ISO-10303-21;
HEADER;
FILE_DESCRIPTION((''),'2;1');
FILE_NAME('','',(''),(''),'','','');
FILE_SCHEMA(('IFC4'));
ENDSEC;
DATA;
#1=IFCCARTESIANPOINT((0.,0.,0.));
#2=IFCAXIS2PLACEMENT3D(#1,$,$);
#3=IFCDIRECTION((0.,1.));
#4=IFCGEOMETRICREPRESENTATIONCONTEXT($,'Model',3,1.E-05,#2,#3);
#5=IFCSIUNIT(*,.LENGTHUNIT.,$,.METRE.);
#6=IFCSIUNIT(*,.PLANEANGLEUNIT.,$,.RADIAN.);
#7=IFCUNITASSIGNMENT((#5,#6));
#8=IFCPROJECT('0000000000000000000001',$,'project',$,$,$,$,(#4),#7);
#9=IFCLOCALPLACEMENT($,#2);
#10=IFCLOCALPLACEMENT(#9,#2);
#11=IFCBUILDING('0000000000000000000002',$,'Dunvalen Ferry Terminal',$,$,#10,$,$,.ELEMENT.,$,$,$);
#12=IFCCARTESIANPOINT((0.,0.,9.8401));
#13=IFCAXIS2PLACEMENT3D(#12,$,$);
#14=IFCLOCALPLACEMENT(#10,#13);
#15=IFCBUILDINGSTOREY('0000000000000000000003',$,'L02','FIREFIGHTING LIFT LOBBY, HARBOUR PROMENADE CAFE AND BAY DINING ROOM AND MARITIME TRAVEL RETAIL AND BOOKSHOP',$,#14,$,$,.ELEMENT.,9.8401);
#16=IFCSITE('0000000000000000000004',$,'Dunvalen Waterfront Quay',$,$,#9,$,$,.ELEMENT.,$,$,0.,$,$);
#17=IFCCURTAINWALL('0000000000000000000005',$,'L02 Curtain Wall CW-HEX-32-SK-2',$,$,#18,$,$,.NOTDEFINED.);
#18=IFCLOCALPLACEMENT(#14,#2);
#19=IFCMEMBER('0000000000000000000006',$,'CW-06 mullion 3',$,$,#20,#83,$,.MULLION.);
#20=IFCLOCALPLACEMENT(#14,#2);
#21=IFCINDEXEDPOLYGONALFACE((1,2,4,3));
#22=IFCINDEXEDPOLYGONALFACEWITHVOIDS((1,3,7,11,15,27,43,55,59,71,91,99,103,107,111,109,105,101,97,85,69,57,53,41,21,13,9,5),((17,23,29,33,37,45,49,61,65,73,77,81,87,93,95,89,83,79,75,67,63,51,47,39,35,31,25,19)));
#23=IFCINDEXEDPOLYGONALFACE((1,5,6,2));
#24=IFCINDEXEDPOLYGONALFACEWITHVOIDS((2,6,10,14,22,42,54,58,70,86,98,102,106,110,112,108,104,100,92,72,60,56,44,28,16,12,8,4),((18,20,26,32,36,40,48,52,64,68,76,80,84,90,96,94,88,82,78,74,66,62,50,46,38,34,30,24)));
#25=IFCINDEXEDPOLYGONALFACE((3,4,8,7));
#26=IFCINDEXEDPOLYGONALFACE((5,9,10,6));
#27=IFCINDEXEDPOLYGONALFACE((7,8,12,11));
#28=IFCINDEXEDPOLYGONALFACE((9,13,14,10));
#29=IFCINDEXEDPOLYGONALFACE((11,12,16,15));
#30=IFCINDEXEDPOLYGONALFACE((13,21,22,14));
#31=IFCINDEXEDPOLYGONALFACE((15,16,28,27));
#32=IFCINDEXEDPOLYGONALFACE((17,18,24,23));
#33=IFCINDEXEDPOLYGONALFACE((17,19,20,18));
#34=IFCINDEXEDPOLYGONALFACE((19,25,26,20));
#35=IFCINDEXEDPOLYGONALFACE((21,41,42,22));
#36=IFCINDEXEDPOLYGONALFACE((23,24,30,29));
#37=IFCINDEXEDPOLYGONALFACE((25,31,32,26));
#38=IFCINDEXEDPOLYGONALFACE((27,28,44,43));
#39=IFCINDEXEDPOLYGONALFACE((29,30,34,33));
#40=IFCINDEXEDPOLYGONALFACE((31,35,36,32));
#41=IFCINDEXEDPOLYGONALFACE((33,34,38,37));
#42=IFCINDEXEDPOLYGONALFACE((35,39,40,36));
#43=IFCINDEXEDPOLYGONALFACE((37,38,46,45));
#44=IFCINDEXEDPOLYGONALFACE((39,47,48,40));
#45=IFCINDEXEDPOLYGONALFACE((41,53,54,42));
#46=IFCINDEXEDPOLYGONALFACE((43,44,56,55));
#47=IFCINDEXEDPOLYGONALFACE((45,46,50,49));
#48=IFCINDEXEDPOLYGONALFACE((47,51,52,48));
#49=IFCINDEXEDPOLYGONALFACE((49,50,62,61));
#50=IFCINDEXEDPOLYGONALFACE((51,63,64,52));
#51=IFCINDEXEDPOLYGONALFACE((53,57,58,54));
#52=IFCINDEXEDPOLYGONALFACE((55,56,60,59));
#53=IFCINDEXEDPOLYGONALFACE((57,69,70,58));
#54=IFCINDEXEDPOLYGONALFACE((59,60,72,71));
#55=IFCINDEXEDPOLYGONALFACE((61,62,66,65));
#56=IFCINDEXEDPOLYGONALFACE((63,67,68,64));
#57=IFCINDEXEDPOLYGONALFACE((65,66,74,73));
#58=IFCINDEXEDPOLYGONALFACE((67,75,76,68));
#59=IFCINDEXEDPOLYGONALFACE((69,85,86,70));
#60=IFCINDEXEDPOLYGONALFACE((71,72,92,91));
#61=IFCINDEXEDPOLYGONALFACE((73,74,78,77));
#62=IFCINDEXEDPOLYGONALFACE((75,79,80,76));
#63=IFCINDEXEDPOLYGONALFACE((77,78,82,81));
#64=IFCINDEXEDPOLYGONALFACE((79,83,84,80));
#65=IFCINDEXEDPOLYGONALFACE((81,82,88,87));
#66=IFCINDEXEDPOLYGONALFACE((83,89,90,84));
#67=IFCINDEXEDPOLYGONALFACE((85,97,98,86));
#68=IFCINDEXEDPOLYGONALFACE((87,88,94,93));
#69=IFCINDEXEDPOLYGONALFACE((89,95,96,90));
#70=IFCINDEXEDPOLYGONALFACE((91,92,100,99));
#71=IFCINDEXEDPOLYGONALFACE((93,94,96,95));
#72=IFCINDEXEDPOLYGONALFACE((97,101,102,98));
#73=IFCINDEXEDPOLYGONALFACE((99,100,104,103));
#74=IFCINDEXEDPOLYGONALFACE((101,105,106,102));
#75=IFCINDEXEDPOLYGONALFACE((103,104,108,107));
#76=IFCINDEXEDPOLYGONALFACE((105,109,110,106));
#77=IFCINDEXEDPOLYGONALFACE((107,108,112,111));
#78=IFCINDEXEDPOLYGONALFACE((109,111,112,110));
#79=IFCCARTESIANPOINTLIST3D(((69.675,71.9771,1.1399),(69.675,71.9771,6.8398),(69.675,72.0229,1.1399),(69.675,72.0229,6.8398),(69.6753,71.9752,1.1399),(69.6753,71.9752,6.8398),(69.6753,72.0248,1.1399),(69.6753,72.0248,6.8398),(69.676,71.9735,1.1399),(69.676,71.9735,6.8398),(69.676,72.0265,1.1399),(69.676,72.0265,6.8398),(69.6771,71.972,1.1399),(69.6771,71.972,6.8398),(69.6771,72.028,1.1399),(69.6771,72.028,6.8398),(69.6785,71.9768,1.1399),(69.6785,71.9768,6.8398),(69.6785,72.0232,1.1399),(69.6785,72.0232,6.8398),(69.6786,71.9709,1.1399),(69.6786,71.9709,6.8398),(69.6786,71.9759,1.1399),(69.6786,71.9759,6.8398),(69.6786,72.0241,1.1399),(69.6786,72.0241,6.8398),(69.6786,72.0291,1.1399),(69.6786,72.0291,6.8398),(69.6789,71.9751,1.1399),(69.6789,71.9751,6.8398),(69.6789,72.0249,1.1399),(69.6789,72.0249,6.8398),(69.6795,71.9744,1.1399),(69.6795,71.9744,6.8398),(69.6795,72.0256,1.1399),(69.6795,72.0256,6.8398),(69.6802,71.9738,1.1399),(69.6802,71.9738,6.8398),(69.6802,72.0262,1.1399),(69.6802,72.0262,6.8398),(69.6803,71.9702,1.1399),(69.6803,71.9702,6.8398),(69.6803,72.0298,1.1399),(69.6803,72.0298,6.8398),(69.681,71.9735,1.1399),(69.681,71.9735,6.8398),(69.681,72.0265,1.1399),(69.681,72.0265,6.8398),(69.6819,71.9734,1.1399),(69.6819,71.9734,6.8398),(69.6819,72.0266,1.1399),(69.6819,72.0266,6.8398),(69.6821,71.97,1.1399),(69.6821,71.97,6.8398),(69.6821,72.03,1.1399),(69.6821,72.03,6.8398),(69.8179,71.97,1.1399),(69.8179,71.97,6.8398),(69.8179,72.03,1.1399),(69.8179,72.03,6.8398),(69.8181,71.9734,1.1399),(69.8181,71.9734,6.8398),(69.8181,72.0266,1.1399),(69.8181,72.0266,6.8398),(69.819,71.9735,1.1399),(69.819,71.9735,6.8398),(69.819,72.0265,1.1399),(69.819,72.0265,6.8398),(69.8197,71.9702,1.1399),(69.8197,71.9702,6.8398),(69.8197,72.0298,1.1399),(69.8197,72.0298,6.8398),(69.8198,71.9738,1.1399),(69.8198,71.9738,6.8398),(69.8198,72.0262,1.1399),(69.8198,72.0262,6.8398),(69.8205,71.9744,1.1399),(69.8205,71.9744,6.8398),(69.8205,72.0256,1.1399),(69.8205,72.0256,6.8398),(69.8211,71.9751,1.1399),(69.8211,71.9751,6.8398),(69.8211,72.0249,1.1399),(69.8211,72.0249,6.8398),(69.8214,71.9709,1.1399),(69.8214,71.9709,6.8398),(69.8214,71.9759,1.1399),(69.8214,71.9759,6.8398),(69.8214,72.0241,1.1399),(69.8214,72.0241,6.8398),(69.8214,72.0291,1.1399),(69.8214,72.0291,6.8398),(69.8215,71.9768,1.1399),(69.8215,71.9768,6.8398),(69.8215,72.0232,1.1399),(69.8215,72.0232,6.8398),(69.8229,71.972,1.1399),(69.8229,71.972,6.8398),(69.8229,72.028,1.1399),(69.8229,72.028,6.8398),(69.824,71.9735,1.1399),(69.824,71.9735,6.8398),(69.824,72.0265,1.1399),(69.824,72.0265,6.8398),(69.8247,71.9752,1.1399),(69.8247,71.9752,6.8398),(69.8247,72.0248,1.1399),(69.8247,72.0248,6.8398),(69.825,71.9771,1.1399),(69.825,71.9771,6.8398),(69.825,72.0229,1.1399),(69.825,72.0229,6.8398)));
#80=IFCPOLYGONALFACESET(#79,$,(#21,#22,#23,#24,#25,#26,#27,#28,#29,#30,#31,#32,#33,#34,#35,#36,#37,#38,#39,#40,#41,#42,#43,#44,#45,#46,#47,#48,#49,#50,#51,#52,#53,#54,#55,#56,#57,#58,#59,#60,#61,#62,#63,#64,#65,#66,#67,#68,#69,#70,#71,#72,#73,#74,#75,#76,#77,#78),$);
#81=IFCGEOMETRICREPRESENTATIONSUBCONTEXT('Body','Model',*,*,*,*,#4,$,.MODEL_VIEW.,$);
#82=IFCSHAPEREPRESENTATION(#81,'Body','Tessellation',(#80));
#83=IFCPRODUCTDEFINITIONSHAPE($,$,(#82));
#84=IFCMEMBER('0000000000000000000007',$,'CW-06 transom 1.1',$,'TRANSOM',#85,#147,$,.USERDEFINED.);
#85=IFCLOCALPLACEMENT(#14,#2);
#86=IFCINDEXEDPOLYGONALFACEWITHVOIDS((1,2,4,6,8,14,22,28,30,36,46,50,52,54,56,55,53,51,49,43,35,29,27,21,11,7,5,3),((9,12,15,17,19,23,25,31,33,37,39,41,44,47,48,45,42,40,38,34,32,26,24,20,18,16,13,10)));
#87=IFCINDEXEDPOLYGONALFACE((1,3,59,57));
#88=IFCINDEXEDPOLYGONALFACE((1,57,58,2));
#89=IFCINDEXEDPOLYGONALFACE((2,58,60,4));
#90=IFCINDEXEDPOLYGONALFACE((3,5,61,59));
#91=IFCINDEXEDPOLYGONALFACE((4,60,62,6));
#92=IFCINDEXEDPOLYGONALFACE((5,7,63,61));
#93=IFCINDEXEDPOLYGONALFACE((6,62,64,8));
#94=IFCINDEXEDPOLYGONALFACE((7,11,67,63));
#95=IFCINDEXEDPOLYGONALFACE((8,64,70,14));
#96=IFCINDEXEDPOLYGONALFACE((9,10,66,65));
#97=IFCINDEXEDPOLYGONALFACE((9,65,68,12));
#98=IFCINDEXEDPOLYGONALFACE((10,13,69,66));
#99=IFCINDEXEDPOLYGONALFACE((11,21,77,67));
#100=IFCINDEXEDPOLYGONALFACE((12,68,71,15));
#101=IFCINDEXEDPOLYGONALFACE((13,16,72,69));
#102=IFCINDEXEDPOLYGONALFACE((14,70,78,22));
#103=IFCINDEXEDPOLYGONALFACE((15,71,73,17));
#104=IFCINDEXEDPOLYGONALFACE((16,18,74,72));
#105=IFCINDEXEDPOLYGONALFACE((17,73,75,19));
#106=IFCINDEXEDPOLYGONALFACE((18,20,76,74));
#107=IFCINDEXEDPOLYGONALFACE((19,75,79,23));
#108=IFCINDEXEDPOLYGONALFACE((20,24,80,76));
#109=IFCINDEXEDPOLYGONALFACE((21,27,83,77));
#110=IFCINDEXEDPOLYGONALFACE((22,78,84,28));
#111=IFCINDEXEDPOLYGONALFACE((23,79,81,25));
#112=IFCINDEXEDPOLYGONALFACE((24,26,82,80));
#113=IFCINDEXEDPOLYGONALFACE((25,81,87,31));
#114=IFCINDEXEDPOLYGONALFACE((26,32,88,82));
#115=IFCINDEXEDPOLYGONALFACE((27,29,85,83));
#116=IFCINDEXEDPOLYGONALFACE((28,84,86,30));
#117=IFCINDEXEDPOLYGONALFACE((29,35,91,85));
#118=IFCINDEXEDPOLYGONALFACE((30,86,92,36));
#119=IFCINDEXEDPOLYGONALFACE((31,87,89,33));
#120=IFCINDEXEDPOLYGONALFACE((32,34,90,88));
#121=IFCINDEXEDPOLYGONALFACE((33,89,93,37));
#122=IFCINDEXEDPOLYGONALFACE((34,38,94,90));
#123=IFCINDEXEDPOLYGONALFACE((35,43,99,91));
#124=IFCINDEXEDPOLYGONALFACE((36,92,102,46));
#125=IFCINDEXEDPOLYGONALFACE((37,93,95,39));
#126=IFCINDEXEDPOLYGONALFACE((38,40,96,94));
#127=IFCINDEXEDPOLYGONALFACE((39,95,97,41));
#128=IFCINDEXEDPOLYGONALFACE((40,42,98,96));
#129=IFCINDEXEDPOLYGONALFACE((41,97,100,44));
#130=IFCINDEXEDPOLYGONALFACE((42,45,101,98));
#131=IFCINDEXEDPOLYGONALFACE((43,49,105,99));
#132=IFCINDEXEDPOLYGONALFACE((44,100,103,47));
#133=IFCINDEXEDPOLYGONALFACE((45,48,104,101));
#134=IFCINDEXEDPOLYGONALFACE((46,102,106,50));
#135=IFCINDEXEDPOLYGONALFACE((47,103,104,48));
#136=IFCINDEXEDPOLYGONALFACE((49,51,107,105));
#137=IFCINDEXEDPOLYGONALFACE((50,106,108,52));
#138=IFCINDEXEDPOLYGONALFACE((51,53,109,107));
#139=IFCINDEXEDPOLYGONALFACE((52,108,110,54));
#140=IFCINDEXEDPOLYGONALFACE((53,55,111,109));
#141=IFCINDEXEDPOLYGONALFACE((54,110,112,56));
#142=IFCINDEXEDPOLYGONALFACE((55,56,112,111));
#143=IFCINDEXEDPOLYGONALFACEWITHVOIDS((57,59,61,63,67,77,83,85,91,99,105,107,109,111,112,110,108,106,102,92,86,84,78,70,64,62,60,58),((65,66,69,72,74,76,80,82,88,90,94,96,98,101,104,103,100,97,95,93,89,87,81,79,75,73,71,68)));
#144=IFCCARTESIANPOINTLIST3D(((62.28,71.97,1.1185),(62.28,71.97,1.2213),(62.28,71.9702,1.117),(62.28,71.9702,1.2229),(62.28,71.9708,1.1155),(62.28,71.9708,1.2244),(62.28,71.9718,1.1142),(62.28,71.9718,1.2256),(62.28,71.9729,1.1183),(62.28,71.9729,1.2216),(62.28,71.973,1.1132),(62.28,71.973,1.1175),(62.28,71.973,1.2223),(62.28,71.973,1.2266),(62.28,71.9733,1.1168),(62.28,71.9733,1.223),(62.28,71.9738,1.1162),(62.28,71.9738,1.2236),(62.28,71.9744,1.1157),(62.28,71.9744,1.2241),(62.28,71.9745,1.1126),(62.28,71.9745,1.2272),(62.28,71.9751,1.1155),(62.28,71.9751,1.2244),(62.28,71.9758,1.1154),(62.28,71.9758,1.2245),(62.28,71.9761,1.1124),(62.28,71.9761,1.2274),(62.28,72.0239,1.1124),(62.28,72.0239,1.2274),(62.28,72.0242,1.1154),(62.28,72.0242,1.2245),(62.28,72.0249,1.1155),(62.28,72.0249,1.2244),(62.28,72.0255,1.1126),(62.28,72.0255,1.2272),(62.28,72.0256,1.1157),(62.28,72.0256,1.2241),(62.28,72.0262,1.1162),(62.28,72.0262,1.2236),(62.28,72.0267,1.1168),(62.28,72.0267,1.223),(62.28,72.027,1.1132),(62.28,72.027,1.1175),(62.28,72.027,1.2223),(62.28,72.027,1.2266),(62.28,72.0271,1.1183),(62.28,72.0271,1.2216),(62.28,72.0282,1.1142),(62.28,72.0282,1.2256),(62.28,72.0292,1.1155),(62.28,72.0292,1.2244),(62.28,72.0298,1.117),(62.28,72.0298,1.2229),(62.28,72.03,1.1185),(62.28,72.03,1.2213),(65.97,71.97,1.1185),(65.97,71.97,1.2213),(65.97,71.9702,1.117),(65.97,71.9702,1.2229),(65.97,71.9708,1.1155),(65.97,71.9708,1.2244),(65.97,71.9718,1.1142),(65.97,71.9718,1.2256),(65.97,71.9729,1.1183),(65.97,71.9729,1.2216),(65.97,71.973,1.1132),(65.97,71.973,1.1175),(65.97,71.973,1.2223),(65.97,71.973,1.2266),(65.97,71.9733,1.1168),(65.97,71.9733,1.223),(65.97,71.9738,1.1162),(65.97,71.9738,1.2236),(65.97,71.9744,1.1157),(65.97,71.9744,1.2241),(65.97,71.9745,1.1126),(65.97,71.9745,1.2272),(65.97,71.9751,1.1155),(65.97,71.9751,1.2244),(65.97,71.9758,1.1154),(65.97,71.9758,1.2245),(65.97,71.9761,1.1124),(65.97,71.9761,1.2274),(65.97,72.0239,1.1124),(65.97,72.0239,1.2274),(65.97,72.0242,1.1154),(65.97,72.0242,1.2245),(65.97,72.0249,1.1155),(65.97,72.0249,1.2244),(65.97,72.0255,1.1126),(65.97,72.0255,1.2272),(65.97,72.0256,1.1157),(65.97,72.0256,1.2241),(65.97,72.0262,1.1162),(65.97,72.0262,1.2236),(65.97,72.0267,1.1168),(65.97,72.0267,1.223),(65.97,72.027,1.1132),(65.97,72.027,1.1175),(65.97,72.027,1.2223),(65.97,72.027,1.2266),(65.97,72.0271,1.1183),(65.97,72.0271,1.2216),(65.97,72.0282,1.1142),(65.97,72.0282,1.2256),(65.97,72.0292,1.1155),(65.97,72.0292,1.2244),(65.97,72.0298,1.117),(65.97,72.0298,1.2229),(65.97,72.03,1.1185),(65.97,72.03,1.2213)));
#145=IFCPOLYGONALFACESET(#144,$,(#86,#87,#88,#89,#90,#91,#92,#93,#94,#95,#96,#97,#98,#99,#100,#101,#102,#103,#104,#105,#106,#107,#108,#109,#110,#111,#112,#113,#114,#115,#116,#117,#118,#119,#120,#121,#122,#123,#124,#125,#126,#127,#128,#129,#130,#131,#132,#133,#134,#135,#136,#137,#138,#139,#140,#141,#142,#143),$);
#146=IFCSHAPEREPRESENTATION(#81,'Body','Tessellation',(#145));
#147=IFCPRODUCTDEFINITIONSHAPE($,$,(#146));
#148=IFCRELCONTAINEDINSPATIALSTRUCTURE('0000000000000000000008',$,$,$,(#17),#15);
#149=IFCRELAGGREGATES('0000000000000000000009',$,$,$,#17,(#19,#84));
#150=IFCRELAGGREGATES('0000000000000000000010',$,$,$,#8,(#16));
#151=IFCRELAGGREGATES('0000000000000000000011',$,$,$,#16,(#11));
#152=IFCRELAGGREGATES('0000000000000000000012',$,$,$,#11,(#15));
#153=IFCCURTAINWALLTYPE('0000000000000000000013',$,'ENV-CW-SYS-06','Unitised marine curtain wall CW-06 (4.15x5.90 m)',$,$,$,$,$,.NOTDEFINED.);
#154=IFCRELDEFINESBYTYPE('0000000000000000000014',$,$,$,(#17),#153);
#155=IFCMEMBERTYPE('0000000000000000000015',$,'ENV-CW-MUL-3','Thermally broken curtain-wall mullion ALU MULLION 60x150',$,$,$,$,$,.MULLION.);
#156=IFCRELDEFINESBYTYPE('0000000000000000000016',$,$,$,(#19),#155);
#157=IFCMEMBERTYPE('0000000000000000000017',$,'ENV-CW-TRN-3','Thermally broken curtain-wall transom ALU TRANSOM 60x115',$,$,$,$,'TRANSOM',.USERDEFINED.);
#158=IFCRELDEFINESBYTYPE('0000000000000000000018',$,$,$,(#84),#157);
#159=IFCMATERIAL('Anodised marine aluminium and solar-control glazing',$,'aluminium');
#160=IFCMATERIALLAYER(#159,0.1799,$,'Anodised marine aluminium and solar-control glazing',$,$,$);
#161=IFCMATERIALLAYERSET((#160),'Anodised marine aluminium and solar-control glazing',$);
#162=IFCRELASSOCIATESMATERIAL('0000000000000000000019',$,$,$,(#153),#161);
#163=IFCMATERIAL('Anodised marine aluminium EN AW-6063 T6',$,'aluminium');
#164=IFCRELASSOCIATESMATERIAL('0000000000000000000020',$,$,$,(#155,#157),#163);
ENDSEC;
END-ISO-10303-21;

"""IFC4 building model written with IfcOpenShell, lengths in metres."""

from ifc_helpers import new_model, si_unit, direction, frame, origin, origin_2d, place, context, subcontext, project, spatial, hollow_rectangle, extrude, material, layer, layer_set, material_profile, profile_set, type_object, element, aggregate, save


model = new_model("IFC4")

# Units and contexts
model_context = context("Model", 3, precision=1e-05, world=origin(), true_north=direction((0.0, 1.0)))
body_context = subcontext(model_context, "Body", "Model", "MODEL_VIEW")
ifc_project = project(units=[si_unit("LENGTHUNIT", "METRE"), si_unit("PLANEANGLEUNIT", "RADIAN")], contexts=[model_context])

# Site, building, storey
site_placement = place(None, origin())
site = spatial("IfcSite", under=ifc_project, at=site_placement, Name="Dunvalen Waterfront Quay", CompositionType="ELEMENT", RefElevation=0.0)
building_placement = place(site_placement, origin())
building = spatial("IfcBuilding", under=site, at=building_placement, Name="Dunvalen Ferry Terminal", CompositionType="ELEMENT")
storey_placement = place(building_placement, frame((0.0, 0.0, 9.8401)))
storey = spatial("IfcBuildingStorey", under=building, at=storey_placement, Name="L02", Description="FIREFIGHTING LIFT LOBBY, HARBOUR PROMENADE CAFE AND BAY DINING ROOM AND MARITIME TRAVEL RETAIL AND BOOKSHOP", CompositionType="ELEMENT", Elevation=9.8401)

# Curtain wall, members
ifc_material_1 = material(Name="Anodised marine aluminium and solar-control glazing", Category="aluminium")
ifc_layer_1 = layer(ifc_material_1, 0.1799, Name="Anodised marine aluminium and solar-control glazing")
ifc_layer_set_1 = layer_set([ifc_layer_1], Name="Anodised marine aluminium and solar-control glazing")
curtain_wall_type = type_object("IfcCurtainWallType", Name="ENV-CW-SYS-06", Description="Unitised marine curtain wall CW-06 (4.15x5.90 m)", PredefinedType="NOTDEFINED", material=ifc_layer_set_1)
curtain_wall_placement = place(storey_placement, origin())
curtain_wall = element("IfcCurtainWall", 1, at=curtain_wall_placement, inside=storey, type_object=curtain_wall_type, Name="L02 Curtain Wall CW-HEX-32-SK-2", PredefinedType="NOTDEFINED")
ifc_material_2 = material(Name="Anodised marine aluminium EN AW-6063 T6", Category="aluminium")
ifc_material_profile_1 = material_profile(ifc_material_2, hollow_rectangle(XDim=0.0601, YDim=0.1499, WallThickness=0.0034, InnerFilletRadius=0.0034, OuterFilletRadius=0.0071, at=origin_2d()), Name="Anodised marine aluminium EN AW-6063 T6")
ifc_profile_set_1 = profile_set([ifc_material_profile_1], Name="Anodised marine aluminium EN AW-6063 T6")
member_type_1 = type_object("IfcMemberType", Name="ENV-CW-MUL-3", Description="Thermally broken curtain-wall mullion ALU MULLION 60x150", PredefinedType="MULLION", material=ifc_profile_set_1)
member_1_placement = place(storey_placement, frame((69.75, 72.0, 1.1399), z_axis=(0.0, 0.0, 1.0), x_axis=(0.0, 1.0, 0.0)))
member_1 = element("IfcMember", 2, at=member_1_placement, type_object=member_type_1, Name="CW-06 mullion 3", PredefinedType="MULLION", context=body_context, shape_type="SweptSolid", body=[
    extrude(hollow_rectangle(XDim=0.0601, YDim=0.1499, WallThickness=0.0034, InnerFilletRadius=0.0034, OuterFilletRadius=0.0071, at=origin_2d()), origin(), (0.0, 0.0, 1.0), 5.7),
])
ifc_material_profile_2 = material_profile(ifc_material_2, hollow_rectangle(XDim=0.0601, YDim=0.115, WallThickness=0.0029, InnerFilletRadius=0.0029, OuterFilletRadius=0.0061, at=origin_2d()), Name="Anodised marine aluminium EN AW-6063 T6")
ifc_profile_set_2 = profile_set([ifc_material_profile_2], Name="Anodised marine aluminium EN AW-6063 T6")
member_type_2 = type_object("IfcMemberType", Name="ENV-CW-TRN-3", Description="Thermally broken curtain-wall transom ALU TRANSOM 60x115", ElementType="TRANSOM", PredefinedType="USERDEFINED", material=ifc_profile_set_2)
member_2_placement = place(storey_placement, frame((62.28, 72.0, 1.1699), z_axis=(1.0, 0.0, 0.0), x_axis=(0.0, 1.0, 0.0)))
member_2 = element("IfcMember", 3, at=member_2_placement, type_object=member_type_2, Name="CW-06 transom 1.1", ObjectType="TRANSOM", PredefinedType="USERDEFINED", context=body_context, shape_type="SweptSolid", body=[
    extrude(hollow_rectangle(XDim=0.0601, YDim=0.115, WallThickness=0.0029, InnerFilletRadius=0.0029, OuterFilletRadius=0.0061, at=origin_2d()), origin(), (0.0, 0.0, 1.0), 3.6899),
])

aggregate(curtain_wall, [member_1, member_2])

save(model, "model.ifc")
